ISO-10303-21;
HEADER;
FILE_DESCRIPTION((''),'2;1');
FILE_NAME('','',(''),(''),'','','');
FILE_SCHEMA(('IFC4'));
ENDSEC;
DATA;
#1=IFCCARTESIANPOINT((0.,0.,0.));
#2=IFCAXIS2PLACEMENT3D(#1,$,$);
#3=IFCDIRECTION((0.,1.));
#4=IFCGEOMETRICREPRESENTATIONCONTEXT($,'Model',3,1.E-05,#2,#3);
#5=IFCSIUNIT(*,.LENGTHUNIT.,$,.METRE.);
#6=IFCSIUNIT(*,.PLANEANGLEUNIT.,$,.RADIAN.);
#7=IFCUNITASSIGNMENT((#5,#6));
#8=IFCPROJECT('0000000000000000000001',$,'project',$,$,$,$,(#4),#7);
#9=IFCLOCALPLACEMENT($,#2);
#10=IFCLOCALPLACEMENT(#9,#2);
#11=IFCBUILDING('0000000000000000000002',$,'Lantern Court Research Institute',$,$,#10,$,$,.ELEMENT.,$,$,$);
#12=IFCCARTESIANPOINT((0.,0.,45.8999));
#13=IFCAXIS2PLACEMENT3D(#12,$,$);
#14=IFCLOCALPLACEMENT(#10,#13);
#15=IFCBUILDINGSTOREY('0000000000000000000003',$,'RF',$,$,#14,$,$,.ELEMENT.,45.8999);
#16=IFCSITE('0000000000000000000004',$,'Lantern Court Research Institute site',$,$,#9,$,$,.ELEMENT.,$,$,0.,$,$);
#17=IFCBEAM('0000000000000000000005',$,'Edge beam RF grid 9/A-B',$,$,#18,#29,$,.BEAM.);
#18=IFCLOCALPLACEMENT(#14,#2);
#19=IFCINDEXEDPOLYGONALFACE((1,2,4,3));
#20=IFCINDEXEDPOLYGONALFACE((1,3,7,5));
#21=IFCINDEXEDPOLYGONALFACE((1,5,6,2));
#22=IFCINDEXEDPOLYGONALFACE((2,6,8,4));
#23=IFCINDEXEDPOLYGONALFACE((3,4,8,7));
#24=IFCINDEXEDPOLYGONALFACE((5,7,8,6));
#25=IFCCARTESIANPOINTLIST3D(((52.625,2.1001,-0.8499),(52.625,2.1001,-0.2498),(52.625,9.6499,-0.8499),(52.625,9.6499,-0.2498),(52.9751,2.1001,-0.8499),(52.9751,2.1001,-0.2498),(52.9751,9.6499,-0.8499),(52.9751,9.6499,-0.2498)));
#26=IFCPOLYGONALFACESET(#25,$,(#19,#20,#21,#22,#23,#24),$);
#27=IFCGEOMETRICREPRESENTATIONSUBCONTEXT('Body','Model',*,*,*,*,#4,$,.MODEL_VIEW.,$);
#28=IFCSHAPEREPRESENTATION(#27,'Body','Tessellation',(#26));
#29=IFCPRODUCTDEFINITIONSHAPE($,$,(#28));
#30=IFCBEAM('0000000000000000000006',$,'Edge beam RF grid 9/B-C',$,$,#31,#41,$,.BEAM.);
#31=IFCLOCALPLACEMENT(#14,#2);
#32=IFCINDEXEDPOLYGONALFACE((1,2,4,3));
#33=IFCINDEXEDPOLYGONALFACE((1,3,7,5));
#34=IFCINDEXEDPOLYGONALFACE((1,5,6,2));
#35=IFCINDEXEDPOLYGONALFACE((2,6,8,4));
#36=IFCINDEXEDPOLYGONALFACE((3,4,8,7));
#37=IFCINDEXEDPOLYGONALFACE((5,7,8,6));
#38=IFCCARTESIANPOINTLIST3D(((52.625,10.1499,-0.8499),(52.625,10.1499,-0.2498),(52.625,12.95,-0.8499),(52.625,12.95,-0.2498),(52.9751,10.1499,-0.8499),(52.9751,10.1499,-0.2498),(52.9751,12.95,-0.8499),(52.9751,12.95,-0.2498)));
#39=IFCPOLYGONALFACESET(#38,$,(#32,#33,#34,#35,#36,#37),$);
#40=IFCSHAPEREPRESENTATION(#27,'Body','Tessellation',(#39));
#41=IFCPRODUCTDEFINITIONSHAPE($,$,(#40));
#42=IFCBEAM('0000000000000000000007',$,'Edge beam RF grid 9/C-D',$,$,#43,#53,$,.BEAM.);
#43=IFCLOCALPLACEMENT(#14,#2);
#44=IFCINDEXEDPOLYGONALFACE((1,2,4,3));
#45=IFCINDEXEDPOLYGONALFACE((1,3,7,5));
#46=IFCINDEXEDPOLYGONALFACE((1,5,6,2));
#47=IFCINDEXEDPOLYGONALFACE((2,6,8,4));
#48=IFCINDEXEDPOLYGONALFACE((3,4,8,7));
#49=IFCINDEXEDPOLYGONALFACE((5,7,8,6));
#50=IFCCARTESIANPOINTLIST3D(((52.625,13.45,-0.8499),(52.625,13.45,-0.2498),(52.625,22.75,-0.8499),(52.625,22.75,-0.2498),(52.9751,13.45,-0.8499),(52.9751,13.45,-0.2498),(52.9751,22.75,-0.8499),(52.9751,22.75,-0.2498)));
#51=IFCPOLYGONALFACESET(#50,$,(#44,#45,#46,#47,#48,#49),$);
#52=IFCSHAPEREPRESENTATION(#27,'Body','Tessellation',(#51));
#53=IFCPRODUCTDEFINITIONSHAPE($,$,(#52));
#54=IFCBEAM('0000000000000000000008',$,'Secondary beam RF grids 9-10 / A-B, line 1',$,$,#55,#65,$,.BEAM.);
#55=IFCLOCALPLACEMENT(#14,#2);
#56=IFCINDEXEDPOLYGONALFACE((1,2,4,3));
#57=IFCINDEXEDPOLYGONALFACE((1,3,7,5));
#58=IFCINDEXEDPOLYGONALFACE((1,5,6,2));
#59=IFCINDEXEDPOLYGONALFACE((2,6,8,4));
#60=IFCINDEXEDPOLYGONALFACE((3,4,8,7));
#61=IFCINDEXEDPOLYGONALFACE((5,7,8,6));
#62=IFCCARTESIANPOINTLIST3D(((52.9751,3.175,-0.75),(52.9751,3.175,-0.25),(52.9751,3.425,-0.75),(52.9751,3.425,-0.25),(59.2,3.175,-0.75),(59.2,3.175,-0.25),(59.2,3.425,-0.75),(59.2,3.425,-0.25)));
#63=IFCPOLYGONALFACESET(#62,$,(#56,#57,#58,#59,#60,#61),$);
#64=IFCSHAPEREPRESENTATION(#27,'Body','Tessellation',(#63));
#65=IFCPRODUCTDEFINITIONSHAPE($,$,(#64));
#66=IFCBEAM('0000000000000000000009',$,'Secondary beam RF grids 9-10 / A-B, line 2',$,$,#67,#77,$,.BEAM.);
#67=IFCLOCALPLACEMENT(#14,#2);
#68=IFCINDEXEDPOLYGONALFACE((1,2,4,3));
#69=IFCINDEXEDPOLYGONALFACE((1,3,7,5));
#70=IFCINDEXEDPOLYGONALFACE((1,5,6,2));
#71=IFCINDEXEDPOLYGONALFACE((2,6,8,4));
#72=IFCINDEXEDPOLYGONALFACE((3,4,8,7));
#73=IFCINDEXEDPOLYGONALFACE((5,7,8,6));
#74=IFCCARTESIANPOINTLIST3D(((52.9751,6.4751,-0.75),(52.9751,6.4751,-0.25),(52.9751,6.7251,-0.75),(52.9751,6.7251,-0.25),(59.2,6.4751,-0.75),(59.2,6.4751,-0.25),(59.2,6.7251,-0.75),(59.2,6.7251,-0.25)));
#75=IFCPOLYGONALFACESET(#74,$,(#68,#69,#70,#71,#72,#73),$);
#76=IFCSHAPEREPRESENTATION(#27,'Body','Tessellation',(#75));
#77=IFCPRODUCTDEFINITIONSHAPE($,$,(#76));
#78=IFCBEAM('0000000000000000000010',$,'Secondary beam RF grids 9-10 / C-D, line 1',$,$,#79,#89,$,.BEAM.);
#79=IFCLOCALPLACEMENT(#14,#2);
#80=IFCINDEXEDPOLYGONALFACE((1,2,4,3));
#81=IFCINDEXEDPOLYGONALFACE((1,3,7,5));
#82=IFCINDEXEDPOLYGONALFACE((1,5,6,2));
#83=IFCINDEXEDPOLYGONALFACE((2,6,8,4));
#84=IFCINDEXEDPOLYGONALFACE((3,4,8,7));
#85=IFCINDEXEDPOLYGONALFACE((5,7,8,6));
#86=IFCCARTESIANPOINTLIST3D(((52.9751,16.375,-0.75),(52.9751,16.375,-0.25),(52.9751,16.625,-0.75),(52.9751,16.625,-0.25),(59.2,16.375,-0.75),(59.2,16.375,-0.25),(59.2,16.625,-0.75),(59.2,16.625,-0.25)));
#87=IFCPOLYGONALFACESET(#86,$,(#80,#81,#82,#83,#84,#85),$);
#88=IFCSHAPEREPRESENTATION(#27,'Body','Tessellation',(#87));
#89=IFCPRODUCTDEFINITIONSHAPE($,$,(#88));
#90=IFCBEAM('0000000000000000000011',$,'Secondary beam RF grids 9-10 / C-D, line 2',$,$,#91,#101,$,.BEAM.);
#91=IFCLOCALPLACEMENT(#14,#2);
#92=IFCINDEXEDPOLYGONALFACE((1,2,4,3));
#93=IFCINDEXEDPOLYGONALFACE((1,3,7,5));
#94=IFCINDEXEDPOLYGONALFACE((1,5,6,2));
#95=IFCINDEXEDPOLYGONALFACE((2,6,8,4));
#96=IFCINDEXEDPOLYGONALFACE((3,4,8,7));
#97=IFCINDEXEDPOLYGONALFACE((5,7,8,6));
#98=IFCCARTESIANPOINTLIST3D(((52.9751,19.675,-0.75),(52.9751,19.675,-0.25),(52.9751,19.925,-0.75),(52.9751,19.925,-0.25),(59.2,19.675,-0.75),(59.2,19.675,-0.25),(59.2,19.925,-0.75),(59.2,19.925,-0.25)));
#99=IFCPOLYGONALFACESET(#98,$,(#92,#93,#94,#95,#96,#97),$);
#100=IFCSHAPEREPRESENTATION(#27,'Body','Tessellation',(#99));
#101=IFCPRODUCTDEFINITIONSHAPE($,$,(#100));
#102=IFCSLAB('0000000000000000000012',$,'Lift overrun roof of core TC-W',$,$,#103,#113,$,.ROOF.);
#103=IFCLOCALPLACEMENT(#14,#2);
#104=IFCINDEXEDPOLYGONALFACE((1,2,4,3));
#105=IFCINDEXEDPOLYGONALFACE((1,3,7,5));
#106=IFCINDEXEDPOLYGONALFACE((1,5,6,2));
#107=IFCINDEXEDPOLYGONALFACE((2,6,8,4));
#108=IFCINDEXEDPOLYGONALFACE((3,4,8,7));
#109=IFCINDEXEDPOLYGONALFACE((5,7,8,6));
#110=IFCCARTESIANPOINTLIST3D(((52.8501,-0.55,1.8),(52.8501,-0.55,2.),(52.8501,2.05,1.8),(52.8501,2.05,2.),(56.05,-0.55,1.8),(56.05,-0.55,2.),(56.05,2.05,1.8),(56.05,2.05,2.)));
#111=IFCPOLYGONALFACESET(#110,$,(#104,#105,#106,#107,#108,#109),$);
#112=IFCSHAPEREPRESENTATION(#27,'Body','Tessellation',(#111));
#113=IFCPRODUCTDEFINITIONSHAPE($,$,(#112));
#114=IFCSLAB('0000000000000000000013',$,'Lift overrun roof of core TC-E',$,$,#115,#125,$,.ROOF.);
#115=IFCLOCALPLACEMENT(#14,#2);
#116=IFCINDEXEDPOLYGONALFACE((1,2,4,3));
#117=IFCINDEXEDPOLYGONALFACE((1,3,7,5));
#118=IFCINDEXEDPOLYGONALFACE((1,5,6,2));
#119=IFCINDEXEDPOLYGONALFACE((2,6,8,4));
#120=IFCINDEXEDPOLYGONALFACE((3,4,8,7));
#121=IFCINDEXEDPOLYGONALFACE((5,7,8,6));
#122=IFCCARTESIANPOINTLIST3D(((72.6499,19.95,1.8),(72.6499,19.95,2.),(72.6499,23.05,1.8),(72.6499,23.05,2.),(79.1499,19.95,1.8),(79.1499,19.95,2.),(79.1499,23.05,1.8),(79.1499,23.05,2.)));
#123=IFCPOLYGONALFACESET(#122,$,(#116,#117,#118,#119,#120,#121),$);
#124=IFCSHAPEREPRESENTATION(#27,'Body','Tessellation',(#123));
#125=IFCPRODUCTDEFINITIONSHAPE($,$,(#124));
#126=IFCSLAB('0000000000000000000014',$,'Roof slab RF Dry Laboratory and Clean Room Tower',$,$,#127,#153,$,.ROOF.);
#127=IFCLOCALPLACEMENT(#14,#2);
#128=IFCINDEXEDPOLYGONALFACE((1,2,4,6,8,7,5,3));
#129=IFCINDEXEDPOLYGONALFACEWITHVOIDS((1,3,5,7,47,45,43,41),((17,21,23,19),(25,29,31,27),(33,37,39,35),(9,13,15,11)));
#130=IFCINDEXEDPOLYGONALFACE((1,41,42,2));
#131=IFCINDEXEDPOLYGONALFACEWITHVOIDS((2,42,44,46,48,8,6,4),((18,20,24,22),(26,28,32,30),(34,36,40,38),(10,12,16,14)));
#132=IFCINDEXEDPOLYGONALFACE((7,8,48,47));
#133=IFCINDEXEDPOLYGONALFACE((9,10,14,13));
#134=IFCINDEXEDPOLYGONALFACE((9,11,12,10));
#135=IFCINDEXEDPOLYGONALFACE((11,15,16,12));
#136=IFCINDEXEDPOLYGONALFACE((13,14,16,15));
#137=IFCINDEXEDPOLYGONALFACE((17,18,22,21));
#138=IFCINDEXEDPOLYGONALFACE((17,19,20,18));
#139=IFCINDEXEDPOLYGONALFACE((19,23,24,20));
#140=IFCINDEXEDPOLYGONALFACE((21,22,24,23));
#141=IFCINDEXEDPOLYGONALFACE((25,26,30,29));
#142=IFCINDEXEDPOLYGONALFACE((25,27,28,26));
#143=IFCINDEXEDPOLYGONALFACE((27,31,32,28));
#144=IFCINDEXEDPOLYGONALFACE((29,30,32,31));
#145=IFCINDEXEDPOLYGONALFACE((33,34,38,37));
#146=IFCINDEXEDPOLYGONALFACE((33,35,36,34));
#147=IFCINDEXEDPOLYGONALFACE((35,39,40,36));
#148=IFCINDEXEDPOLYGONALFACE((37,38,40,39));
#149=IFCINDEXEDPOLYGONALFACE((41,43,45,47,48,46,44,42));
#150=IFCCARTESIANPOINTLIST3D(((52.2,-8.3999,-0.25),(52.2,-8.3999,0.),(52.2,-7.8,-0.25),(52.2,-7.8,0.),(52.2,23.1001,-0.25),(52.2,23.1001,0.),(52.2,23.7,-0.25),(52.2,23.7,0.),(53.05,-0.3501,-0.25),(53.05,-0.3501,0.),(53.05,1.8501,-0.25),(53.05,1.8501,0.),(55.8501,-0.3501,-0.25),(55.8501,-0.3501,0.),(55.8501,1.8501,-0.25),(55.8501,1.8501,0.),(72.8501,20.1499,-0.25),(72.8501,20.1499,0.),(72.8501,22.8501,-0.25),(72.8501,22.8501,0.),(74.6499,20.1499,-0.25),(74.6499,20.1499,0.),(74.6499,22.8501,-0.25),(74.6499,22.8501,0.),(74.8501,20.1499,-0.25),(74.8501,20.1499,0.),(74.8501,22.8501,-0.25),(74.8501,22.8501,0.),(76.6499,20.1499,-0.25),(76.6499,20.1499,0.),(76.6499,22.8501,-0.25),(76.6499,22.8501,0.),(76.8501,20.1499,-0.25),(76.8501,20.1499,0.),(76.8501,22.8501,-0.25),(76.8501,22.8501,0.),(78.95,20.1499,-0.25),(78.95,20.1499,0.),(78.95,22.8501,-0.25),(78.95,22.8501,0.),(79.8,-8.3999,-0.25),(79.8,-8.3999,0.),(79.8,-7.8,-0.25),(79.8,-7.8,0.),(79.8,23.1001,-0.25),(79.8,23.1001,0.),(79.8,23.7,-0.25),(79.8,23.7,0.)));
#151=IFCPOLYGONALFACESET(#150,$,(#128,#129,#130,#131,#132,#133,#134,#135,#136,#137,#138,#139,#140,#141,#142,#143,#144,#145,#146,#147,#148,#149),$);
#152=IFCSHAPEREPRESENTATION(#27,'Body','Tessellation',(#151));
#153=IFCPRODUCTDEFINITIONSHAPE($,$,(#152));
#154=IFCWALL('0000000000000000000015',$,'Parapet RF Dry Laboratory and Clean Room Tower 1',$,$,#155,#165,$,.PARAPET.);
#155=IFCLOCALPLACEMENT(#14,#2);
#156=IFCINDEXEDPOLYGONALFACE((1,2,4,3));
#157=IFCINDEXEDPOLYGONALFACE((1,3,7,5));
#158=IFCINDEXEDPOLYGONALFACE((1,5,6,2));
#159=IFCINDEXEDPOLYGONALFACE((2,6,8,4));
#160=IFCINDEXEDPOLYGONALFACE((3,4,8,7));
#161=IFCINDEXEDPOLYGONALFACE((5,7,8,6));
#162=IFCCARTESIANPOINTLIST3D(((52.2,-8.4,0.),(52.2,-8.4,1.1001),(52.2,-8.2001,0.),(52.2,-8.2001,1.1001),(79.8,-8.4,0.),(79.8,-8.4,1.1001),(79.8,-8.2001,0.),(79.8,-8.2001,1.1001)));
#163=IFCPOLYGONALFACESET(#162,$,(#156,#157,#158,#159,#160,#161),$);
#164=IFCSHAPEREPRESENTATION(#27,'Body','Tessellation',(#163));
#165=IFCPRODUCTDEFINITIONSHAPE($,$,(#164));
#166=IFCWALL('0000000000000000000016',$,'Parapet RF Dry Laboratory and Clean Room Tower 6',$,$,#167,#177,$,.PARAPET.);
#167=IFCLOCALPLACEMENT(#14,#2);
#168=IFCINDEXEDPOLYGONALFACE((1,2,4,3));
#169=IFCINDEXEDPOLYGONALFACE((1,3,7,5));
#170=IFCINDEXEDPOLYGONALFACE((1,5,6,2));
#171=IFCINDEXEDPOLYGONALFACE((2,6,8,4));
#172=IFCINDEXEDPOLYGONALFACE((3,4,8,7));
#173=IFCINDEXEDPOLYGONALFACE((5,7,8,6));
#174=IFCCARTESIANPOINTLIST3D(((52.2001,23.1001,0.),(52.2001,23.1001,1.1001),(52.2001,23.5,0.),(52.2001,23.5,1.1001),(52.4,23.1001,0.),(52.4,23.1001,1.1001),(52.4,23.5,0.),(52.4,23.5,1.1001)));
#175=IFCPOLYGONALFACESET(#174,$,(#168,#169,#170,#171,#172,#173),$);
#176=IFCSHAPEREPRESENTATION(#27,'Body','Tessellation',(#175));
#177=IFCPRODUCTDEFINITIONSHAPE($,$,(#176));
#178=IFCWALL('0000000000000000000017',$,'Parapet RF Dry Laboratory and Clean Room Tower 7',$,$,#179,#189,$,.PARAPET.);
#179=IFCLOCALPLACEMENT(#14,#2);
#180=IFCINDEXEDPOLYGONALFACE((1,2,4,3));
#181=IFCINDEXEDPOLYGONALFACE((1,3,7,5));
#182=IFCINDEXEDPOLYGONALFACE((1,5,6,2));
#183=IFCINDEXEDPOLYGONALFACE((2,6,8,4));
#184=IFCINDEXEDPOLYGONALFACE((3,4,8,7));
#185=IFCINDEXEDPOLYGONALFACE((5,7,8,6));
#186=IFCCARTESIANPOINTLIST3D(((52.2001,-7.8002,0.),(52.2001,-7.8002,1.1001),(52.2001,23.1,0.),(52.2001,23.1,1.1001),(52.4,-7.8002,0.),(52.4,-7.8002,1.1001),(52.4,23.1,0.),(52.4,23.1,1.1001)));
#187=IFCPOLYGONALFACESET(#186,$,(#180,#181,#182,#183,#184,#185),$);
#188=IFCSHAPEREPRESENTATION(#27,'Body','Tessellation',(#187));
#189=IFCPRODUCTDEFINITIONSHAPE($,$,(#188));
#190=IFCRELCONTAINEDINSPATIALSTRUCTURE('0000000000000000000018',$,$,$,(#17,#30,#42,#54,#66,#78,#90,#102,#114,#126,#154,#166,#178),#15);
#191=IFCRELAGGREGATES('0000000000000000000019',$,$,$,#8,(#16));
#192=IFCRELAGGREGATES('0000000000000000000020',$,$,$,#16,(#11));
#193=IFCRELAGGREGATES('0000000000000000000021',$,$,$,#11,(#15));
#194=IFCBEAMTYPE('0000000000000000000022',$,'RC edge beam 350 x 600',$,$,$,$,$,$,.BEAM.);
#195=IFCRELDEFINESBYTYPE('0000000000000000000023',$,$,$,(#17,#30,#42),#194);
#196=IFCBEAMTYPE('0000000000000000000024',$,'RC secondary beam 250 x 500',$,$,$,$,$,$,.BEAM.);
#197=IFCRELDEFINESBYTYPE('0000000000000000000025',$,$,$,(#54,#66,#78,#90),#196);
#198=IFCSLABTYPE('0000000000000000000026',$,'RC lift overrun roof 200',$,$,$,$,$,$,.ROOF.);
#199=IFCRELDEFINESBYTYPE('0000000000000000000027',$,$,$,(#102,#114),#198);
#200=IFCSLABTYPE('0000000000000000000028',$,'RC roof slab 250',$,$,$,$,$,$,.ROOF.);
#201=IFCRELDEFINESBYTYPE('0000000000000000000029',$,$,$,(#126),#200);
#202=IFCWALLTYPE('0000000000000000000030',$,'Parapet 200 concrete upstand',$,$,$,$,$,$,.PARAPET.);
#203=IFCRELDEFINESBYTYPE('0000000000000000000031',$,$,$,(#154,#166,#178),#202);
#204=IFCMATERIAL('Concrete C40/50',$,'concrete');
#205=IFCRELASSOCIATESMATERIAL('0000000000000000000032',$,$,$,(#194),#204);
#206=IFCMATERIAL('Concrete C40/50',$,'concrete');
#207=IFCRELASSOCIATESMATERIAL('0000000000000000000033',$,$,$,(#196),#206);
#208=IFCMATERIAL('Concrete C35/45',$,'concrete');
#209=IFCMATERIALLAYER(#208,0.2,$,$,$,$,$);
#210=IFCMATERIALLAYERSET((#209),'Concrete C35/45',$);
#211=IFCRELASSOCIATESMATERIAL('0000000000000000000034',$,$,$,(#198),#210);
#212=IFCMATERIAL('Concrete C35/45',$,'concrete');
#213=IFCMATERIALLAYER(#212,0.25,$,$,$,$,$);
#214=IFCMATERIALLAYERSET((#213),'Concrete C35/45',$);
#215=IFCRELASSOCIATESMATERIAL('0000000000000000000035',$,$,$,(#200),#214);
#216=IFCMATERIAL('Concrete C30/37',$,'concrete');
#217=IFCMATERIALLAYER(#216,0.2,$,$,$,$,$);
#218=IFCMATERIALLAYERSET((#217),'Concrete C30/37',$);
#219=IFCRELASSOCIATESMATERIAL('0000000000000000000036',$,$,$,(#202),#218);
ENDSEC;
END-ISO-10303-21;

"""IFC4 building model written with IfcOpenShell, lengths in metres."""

from ifc_helpers import new_model, si_unit, direction, frame, frame_2d, origin, origin_2d, place, context, subcontext, project, spatial, polyline, rectangle, outline, extrude, material, layer, layer_set, material_profile, profile_set, type_object, element, save


model = new_model("IFC4")

# Units and contexts
model_context = context("Model", 3, precision=1e-05, world=origin(), true_north=direction((0.0, 1.0)))
body_context = subcontext(model_context, "Body", "Model", "MODEL_VIEW")
ifc_project = project(units=[si_unit("LENGTHUNIT", "METRE"), si_unit("PLANEANGLEUNIT", "RADIAN")], contexts=[model_context])

# Site, building, storey
site_placement = place(None, origin())
site = spatial("IfcSite", under=ifc_project, at=site_placement, Name="Lantern Court Research Institute site", CompositionType="ELEMENT", RefElevation=0.0)
building_placement = place(site_placement, origin())
building = spatial("IfcBuilding", under=site, at=building_placement, Name="Lantern Court Research Institute", CompositionType="ELEMENT")
storey_placement = place(building_placement, frame((0.0, 0.0, 45.8999)))
storey = spatial("IfcBuildingStorey", under=building, at=storey_placement, Name="RF", CompositionType="ELEMENT", Elevation=45.8999)

# Beams
ifc_material_1 = material(Name="Concrete C40/50", Category="concrete")
ifc_material_profile_1 = material_profile(ifc_material_1, rectangle(XDim=0.3501, YDim=0.6001, at=origin_2d()), Name="RC beam 350 x 600")
ifc_profile_set_1 = profile_set([ifc_material_profile_1], Name="Concrete C40/50")
beam_type_1 = type_object("IfcBeamType", Name="RC edge beam 350 x 600", PredefinedType="BEAM", material=ifc_profile_set_1)
beam_1_placement = place(storey_placement, frame((52.8, 2.1001, -0.5498), z_axis=(0.0, 1.0, 0.0), x_axis=(-1.0, 0.0, 0.0)))
element("IfcBeam", 1, at=beam_1_placement, inside=storey, type_object=beam_type_1, Name="Edge beam RF grid 9/A-B", PredefinedType="BEAM", context=body_context, shape_type="SweptSolid", body=[
    extrude(rectangle(XDim=0.3501, YDim=0.6001, at=origin_2d()), origin(), (0.0, 0.0, 1.0), 7.5498),
])
beam_2_placement = place(storey_placement, frame((52.8, 10.1499, -0.5498), z_axis=(0.0, 1.0, 0.0), x_axis=(-1.0, 0.0, 0.0)))
element("IfcBeam", 2, at=beam_2_placement, inside=storey, type_object=beam_type_1, Name="Edge beam RF grid 9/B-C", PredefinedType="BEAM", context=body_context, shape_type="SweptSolid", body=[
    extrude(rectangle(XDim=0.3501, YDim=0.6001, at=origin_2d()), origin(), (0.0, 0.0, 1.0), 2.8),
])
beam_3_placement = place(storey_placement, frame((52.8, 13.45, -0.5498), z_axis=(0.0, 1.0, 0.0), x_axis=(-1.0, 0.0, 0.0)))
element("IfcBeam", 3, at=beam_3_placement, inside=storey, type_object=beam_type_1, Name="Edge beam RF grid 9/C-D", PredefinedType="BEAM", context=body_context, shape_type="SweptSolid", body=[
    extrude(rectangle(XDim=0.3501, YDim=0.6001, at=origin_2d()), origin(), (0.0, 0.0, 1.0), 9.3),
])
ifc_material_2 = material(Name="Concrete C40/50", Category="concrete")
ifc_material_profile_2 = material_profile(ifc_material_2, rectangle(XDim=0.25, YDim=0.5, at=origin_2d()), Name="RC beam 250 x 500")
ifc_profile_set_2 = profile_set([ifc_material_profile_2], Name="Concrete C40/50")
beam_type_2 = type_object("IfcBeamType", Name="RC secondary beam 250 x 500", PredefinedType="BEAM", material=ifc_profile_set_2)
for number, where, z_axis, x_axis, name in (
    (4, (52.9751, 3.3, -0.5), (1.0, 0.0, 0.0), (0.0, 1.0, 0.0), "Secondary beam RF grids 9-10 / A-B, line 1"),
    (5, (52.9751, 6.6001, -0.5), (1.0, 0.0, 0.0), (0.0, 1.0, 0.0), "Secondary beam RF grids 9-10 / A-B, line 2"),
    (6, (52.9751, 16.5, -0.5), (1.0, 0.0, 0.0), (0.0, 1.0, 0.0), "Secondary beam RF grids 9-10 / C-D, line 1"),
    (7, (52.9751, 19.8, -0.5), (1.0, 0.0, 0.0), (0.0, 1.0, 0.0), "Secondary beam RF grids 9-10 / C-D, line 2"),
):
    element("IfcBeam", number, at=place(storey_placement, frame(where, z_axis=z_axis, x_axis=x_axis)), inside=storey, type_object=beam_type_2, Name=name, PredefinedType="BEAM", context=body_context, shape_type="SweptSolid", body=[
        extrude(rectangle(XDim=0.25, YDim=0.5, at=origin_2d()), origin(), (0.0, 0.0, 1.0), 6.2249),
    ])

# Slabs
ifc_material_3 = material(Name="Concrete C35/45", Category="concrete")
ifc_layer_1 = layer(ifc_material_3, 0.2)
ifc_layer_set_1 = layer_set([ifc_layer_1], Name="Concrete C35/45")
slab_type_1 = type_object("IfcSlabType", Name="RC lift overrun roof 200", PredefinedType="ROOF", material=ifc_layer_set_1)
slab_1_placement = place(storey_placement, frame((0.0, 0.0, 1.8)))
element("IfcSlab", 8, at=slab_1_placement, inside=storey, type_object=slab_type_1, Name="Lift overrun roof of core TC-W", PredefinedType="ROOF", context=body_context, shape_type="SweptSolid", body=[
    extrude(outline(polyline([(52.8501, -0.55), (56.05, -0.55), (56.05, 2.05), (52.8501, 2.05), (52.8501, -0.55)])), origin(), (0.0, 0.0, 1.0), 0.2),
])
slab_2_placement = place(storey_placement, frame((0.0, 0.0, 1.8)))
element("IfcSlab", 9, at=slab_2_placement, inside=storey, type_object=slab_type_1, Name="Lift overrun roof of core TC-E", PredefinedType="ROOF", context=body_context, shape_type="SweptSolid", body=[
    extrude(outline(polyline([(72.6499, 19.95), (79.1499, 19.95), (79.1499, 23.05), (72.6499, 23.05), (72.6499, 19.95)])), origin(), (0.0, 0.0, 1.0), 0.2),
])
ifc_material_4 = material(Name="Concrete C35/45", Category="concrete")
ifc_layer_2 = layer(ifc_material_4, 0.25)
ifc_layer_set_2 = layer_set([ifc_layer_2], Name="Concrete C35/45")
slab_type_2 = type_object("IfcSlabType", Name="RC roof slab 250", PredefinedType="ROOF", material=ifc_layer_set_2)
slab_3_placement = place(storey_placement, frame((0.0, 0.0, -0.25)))
element("IfcSlab", 10, at=slab_3_placement, inside=storey, type_object=slab_type_2, Name="Roof slab RF Dry Laboratory and Clean Room Tower", PredefinedType="ROOF", context=body_context, shape_type="SweptSolid", body=[
    extrude(outline(polyline([(52.2, -8.3999), (79.8, -8.3999), (79.8, -7.8), (79.8, 23.1001), (79.8, 23.7), (52.2, 23.7), (52.2, 23.1001), (52.2, -7.8), (52.2, -8.3999)]), holes=[polyline([(53.05, -0.3501), (55.8501, -0.3501), (55.8501, 1.8501), (53.05, 1.8501), (53.05, -0.3501)]), polyline([(72.8501, 20.1499), (74.6499, 20.1499), (74.6499, 22.8501), (72.8501, 22.8501), (72.8501, 20.1499)]), polyline([(74.8501, 20.1499), (76.6499, 20.1499), (76.6499, 22.8501), (74.8501, 22.8501), (74.8501, 20.1499)]), polyline([(76.8501, 20.1499), (78.95, 20.1499), (78.95, 22.8501), (76.8501, 22.8501), (76.8501, 20.1499)])]), origin(), (0.0, 0.0, 1.0), 0.25),
])

# Walls
ifc_material_5 = material(Name="Concrete C30/37", Category="concrete")
ifc_layer_3 = layer(ifc_material_5, 0.2)
ifc_layer_set_3 = layer_set([ifc_layer_3], Name="Concrete C30/37")
wall_type_1 = type_object("IfcWallType", Name="Parapet 200 concrete upstand", PredefinedType="PARAPET", material=ifc_layer_set_3)
wall_1_placement = place(storey_placement, frame((52.2, -8.3, 0.0), z_axis=(0.0, 0.0, 1.0), x_axis=(1.0, 0.0, 0.0)))
element("IfcWall", 11, at=wall_1_placement, inside=storey, type_object=wall_type_1, Name="Parapet RF Dry Laboratory and Clean Room Tower 1", PredefinedType="PARAPET", context=body_context, shape_type="SweptSolid", body=[
    extrude(rectangle(XDim=27.6001, YDim=0.2, at=frame_2d((13.8, 0.0))), origin(), (0.0, 0.0, 1.0), 1.1001),
])
wall_2_placement = place(storey_placement, frame((52.3, 23.5, 0.0), z_axis=(0.0, 0.0, 1.0), x_axis=(0.0, -1.0, 0.0)))
element("IfcWall", 12, at=wall_2_placement, inside=storey, type_object=wall_type_1, Name="Parapet RF Dry Laboratory and Clean Room Tower 6", PredefinedType="PARAPET", context=body_context, shape_type="SweptSolid", body=[
    extrude(rectangle(XDim=0.3999, YDim=0.2, at=frame_2d((0.2, 0.0))), origin(), (0.0, 0.0, 1.0), 1.1001),
])
wall_3_placement = place(storey_placement, frame((52.3, 23.1001, 0.0), z_axis=(0.0, 0.0, 1.0), x_axis=(0.0, -1.0, 0.0)))
element("IfcWall", 13, at=wall_3_placement, inside=storey, type_object=wall_type_1, Name="Parapet RF Dry Laboratory and Clean Room Tower 7", PredefinedType="PARAPET", context=body_context, shape_type="SweptSolid", body=[
    extrude(rectangle(XDim=30.9001, YDim=0.2, at=frame_2d((15.4502, 0.0))), origin(), (0.0, 0.0, 1.0), 1.1001),
])

save(model, "model.ifc")
